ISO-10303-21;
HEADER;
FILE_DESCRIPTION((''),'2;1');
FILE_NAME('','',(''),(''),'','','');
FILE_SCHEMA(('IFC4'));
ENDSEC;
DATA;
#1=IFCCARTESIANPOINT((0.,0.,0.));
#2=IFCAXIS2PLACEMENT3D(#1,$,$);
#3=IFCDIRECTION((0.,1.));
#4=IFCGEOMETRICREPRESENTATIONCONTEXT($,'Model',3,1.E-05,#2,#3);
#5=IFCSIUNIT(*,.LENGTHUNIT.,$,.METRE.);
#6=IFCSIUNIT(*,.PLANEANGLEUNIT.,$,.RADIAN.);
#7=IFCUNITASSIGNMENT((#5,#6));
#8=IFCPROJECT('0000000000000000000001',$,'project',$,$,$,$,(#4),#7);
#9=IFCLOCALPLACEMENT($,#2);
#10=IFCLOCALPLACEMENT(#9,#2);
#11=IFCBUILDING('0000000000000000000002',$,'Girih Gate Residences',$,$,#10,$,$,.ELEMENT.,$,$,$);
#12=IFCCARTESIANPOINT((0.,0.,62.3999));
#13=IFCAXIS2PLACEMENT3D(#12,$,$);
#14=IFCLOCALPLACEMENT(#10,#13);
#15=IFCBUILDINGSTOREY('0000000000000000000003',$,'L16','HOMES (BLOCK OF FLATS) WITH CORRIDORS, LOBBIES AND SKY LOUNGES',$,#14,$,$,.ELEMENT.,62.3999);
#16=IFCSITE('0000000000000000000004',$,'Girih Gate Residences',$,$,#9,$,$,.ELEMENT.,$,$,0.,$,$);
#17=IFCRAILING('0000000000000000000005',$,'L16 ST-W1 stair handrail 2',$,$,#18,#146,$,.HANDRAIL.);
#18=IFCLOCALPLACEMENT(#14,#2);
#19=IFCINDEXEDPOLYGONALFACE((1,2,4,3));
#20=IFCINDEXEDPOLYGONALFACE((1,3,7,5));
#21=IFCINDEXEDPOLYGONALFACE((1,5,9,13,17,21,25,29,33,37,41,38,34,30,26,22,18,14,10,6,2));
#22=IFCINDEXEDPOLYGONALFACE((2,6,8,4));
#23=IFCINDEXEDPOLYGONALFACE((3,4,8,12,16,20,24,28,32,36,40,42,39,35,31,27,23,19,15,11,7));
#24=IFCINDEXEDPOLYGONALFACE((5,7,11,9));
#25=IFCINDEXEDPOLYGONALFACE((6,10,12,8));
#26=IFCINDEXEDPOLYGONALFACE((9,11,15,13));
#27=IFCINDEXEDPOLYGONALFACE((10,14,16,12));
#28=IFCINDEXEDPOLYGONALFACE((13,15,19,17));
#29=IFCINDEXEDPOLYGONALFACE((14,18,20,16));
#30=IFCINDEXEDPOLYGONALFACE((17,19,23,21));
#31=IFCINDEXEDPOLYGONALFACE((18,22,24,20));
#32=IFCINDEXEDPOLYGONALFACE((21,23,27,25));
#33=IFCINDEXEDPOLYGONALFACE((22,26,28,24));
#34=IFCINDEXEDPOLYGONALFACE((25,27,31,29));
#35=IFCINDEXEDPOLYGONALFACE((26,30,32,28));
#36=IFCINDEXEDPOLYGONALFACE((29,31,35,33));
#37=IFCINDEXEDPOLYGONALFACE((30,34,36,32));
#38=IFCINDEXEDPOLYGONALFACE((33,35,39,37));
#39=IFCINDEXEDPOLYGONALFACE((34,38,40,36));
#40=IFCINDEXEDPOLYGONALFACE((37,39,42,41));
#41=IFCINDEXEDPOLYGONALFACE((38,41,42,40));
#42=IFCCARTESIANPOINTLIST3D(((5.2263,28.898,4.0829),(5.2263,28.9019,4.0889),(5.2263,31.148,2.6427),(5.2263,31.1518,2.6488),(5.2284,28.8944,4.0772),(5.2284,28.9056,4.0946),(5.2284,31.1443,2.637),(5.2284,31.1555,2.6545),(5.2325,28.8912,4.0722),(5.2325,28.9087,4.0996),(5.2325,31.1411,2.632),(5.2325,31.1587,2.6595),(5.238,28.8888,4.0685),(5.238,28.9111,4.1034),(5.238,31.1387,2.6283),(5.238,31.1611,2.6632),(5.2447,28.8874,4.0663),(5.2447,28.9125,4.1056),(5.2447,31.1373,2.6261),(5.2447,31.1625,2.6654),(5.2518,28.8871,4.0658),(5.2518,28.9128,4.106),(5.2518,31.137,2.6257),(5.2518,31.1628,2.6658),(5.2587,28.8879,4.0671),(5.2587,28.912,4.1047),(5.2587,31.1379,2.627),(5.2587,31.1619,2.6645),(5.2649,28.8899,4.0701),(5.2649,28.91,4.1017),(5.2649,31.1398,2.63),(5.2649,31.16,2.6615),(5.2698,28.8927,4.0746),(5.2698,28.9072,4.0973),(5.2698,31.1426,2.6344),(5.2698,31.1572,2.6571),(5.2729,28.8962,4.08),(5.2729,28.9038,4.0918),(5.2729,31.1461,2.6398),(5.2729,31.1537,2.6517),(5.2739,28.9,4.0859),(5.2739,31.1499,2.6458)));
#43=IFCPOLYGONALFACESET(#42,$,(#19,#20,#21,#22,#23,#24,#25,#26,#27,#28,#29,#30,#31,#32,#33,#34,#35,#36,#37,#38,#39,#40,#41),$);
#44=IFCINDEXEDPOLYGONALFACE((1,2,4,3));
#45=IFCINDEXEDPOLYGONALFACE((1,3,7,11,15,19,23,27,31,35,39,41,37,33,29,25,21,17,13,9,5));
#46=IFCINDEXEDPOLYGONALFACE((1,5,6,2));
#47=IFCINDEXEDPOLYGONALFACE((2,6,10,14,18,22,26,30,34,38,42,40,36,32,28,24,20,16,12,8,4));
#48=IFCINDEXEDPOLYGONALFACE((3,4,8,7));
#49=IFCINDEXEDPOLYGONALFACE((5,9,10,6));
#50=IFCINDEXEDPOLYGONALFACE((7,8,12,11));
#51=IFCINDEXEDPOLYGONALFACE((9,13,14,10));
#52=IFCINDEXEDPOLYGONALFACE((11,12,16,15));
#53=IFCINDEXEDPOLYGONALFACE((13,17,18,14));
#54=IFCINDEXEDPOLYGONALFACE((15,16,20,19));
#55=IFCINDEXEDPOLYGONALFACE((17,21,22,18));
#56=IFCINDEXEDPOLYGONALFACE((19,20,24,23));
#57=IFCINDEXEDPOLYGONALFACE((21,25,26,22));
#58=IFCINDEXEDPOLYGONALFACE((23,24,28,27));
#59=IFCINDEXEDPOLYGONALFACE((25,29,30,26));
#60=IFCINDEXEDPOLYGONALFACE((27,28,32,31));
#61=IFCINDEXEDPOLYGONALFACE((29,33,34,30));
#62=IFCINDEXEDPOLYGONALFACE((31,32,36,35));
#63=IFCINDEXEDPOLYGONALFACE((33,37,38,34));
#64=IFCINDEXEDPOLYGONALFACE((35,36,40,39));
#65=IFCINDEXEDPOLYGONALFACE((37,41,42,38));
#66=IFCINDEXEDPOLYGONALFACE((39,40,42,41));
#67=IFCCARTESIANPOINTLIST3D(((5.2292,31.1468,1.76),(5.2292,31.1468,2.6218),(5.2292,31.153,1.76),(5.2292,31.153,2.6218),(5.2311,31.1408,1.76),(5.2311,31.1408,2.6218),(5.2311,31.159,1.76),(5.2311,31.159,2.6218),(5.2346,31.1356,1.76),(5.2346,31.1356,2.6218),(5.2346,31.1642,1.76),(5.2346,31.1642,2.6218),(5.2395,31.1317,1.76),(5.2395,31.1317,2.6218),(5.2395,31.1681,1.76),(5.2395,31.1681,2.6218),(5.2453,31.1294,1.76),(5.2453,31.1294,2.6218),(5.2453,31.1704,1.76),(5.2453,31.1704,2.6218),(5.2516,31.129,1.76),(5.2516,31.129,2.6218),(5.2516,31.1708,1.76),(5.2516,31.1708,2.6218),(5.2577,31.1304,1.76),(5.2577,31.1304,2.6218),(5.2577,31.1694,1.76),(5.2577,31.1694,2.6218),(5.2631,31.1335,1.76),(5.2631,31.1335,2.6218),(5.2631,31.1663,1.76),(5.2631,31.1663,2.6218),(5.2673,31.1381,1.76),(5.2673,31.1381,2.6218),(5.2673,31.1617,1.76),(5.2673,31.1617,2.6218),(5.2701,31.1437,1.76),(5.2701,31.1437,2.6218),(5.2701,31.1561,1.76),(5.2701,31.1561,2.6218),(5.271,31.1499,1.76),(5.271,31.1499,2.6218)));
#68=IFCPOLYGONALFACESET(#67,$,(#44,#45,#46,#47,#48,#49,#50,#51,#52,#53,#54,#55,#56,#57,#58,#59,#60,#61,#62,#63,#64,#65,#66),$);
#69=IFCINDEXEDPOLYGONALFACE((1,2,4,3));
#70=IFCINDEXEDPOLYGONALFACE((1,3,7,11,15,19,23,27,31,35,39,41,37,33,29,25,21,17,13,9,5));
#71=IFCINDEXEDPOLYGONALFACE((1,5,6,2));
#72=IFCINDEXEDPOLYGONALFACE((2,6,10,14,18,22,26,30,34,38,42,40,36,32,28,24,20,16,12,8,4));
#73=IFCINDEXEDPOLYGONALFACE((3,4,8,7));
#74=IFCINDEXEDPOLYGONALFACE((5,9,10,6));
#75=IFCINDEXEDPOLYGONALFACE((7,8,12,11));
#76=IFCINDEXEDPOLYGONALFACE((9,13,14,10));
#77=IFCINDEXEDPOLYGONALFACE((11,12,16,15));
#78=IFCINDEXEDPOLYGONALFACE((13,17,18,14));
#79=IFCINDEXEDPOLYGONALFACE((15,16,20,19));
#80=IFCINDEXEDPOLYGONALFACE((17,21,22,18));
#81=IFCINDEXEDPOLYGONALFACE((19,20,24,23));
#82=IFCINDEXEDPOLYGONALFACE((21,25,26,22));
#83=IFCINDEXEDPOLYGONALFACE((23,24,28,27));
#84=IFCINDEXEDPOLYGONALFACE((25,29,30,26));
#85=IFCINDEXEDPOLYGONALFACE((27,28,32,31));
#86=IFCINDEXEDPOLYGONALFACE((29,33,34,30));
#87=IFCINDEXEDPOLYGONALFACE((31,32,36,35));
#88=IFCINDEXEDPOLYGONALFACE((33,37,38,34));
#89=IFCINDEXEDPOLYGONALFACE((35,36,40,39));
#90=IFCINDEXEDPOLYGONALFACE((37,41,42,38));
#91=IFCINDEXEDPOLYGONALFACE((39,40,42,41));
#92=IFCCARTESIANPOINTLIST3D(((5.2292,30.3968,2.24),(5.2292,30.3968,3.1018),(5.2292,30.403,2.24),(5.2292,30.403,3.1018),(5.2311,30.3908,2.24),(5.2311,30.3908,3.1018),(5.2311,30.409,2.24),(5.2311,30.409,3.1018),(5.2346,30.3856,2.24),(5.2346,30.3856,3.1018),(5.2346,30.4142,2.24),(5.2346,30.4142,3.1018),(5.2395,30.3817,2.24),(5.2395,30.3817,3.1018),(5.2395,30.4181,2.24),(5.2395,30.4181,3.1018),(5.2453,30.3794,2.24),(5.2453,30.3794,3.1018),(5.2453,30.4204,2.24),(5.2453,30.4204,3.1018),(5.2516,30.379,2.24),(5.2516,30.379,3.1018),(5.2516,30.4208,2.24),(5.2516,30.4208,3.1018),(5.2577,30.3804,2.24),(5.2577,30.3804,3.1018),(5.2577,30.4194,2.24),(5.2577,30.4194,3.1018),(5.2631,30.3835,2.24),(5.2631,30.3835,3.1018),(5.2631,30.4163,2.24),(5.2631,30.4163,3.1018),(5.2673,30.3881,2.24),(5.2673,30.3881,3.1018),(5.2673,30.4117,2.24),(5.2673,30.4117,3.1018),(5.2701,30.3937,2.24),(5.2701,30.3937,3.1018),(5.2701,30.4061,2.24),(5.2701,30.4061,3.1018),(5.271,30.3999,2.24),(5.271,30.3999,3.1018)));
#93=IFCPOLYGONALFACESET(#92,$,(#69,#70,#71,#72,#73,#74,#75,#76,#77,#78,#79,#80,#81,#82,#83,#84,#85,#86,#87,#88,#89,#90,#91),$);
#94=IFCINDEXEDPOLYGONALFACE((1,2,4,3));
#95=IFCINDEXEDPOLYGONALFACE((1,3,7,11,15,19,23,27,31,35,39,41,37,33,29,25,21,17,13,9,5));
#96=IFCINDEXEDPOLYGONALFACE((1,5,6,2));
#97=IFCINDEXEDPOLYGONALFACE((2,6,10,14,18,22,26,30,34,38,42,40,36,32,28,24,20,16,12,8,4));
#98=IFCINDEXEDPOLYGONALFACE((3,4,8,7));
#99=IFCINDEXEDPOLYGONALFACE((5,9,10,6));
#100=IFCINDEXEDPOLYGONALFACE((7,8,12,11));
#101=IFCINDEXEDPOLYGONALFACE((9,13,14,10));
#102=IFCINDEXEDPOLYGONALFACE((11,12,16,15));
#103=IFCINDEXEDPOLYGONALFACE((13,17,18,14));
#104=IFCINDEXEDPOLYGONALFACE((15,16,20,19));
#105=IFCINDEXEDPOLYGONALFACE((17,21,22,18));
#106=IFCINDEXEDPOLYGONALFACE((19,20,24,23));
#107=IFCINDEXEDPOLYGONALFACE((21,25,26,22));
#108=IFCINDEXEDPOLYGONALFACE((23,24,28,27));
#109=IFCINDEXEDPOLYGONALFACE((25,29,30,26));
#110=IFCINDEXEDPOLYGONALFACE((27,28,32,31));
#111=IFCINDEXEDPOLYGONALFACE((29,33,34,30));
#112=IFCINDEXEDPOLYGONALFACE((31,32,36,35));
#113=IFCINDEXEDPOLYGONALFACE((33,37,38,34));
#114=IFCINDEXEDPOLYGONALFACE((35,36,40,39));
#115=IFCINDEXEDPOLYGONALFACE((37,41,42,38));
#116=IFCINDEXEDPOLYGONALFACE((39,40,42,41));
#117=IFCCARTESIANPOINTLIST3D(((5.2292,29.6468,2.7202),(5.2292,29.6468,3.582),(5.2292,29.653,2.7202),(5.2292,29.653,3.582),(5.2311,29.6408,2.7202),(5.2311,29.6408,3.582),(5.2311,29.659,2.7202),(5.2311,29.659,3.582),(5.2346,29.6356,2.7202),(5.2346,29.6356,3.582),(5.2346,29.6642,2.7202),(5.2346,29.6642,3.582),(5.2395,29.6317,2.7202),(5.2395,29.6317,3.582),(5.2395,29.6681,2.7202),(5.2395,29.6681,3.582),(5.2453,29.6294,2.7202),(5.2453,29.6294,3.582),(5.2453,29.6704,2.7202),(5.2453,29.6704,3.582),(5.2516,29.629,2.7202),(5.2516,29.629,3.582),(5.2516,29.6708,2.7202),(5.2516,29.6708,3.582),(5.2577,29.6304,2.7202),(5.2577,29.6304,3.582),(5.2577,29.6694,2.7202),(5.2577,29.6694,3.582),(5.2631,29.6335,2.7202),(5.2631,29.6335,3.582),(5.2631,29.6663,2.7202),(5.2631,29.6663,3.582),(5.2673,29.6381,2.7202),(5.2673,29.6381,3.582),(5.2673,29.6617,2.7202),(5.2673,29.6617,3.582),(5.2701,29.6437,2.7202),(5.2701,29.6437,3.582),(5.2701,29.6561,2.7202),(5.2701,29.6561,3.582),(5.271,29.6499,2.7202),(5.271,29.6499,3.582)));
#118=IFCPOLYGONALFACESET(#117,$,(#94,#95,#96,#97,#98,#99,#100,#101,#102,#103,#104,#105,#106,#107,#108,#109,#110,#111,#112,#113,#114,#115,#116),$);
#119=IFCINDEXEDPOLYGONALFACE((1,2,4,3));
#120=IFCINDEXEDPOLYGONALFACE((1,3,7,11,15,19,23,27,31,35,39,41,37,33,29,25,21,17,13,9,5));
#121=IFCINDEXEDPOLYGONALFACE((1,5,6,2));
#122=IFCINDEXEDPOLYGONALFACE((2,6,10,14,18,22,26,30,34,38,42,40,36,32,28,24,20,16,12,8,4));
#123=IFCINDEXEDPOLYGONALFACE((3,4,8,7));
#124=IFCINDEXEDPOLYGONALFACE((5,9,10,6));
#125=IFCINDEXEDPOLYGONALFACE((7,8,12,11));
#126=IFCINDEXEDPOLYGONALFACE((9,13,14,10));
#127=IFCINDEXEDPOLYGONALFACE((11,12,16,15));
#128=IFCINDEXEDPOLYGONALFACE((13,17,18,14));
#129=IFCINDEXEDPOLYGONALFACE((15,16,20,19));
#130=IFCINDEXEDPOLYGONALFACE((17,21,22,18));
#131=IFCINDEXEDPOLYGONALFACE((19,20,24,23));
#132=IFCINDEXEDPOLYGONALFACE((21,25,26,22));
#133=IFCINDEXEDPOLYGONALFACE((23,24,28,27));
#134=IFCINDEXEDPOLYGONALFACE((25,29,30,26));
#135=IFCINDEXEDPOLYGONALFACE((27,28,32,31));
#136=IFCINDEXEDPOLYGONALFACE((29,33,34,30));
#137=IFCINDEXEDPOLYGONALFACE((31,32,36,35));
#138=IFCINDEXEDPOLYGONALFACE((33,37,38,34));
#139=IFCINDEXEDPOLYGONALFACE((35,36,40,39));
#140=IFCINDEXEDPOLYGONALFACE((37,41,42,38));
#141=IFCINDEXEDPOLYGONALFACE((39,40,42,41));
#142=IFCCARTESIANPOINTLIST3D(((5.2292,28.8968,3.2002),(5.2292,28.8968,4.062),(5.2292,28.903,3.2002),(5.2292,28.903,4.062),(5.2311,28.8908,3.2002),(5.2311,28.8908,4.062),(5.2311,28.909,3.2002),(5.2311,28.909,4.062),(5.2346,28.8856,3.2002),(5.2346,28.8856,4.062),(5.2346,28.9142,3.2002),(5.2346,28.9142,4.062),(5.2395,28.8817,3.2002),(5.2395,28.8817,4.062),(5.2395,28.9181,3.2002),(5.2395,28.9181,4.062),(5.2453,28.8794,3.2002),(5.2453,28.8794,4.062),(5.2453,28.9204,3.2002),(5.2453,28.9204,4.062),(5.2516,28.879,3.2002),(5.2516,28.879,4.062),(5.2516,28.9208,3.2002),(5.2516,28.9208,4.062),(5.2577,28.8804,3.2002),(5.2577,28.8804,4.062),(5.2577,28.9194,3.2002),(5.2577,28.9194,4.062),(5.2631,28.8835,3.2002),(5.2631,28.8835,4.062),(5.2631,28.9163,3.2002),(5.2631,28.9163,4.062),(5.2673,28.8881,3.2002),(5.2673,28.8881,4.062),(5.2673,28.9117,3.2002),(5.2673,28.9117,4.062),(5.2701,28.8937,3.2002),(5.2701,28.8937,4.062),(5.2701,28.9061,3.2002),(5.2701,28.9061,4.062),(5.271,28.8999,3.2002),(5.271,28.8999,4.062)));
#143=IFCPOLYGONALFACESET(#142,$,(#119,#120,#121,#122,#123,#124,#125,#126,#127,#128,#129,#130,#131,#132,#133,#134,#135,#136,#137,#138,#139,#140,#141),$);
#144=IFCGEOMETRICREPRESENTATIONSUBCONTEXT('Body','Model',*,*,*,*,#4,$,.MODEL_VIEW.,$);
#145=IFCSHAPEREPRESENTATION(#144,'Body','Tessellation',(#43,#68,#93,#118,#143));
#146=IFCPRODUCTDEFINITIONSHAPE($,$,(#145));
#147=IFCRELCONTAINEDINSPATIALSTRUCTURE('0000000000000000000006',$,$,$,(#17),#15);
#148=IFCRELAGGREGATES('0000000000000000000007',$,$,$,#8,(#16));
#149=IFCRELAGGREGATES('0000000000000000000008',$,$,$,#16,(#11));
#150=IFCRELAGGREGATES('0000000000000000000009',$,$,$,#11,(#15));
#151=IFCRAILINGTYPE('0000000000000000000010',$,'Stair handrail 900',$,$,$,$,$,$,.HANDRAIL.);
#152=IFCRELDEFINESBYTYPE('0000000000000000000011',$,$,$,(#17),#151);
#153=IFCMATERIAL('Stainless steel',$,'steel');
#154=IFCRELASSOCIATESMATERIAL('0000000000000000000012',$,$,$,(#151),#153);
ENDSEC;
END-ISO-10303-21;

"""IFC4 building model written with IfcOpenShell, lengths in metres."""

from ifc_helpers import new_model, si_unit, direction, frame, origin, origin_2d, place, context, subcontext, project, spatial, circle, extrude, material, type_object, element, save


model = new_model("IFC4")

# Units and contexts
model_context = context("Model", 3, precision=1e-05, world=origin(), true_north=direction((0.0, 1.0)))
body_context = subcontext(model_context, "Body", "Model", "MODEL_VIEW")
ifc_project = project(units=[si_unit("LENGTHUNIT", "METRE"), si_unit("PLANEANGLEUNIT", "RADIAN")], contexts=[model_context])

# Site, building, storey
site_placement = place(None, origin())
site = spatial("IfcSite", under=ifc_project, at=site_placement, Name="Girih Gate Residences", CompositionType="ELEMENT", RefElevation=0.0)
building_placement = place(site_placement, origin())
building = spatial("IfcBuilding", under=site, at=building_placement, Name="Girih Gate Residences", CompositionType="ELEMENT")
storey_placement = place(building_placement, frame((0.0, 0.0, 62.3999)))
storey = spatial("IfcBuildingStorey", under=building, at=storey_placement, Name="L16", Description="HOMES (BLOCK OF FLATS) WITH CORRIDORS, LOBBIES AND SKY LOUNGES", CompositionType="ELEMENT", Elevation=62.3999)

# Railing
ifc_material_1 = material(Name="Stainless steel", Category="steel")
railing_type_1 = type_object("IfcRailingType", Name="Stair handrail 900", PredefinedType="HANDRAIL", material=ifc_material_1)
railing_1_placement = place(storey_placement, frame((5.25, 31.1499, 1.76)))
element("IfcRailing", 1, at=railing_1_placement, inside=storey, type_object=railing_type_1, Name="L16 ST-W1 stair handrail 2", PredefinedType="HANDRAIL", context=body_context, shape_type="SweptSolid", body=[
    extrude(circle(Radius=0.0239, at=origin_2d()), frame((0.0, 0.0, 0.8857), z_axis=(0.0, -0.84224, 0.539103), x_axis=(1.0, 0.0, 0.0)), (0.0, 0.0, 1.0), 2.6714),
    extrude(circle(Radius=0.021, at=origin_2d()), origin(), (0.0, 0.0, 1.0), 0.8618),
    extrude(circle(Radius=0.021, at=origin_2d()), frame((0.0, -0.75, 0.48)), (0.0, 0.0, 1.0), 0.8618),
    extrude(circle(Radius=0.021, at=origin_2d()), frame((0.0, -1.5, 0.9602)), (0.0, 0.0, 1.0), 0.8618),
    extrude(circle(Radius=0.021, at=origin_2d()), frame((0.0, -2.25, 1.4402)), (0.0, 0.0, 1.0), 0.8618),
])

save(model, "model.ifc")
